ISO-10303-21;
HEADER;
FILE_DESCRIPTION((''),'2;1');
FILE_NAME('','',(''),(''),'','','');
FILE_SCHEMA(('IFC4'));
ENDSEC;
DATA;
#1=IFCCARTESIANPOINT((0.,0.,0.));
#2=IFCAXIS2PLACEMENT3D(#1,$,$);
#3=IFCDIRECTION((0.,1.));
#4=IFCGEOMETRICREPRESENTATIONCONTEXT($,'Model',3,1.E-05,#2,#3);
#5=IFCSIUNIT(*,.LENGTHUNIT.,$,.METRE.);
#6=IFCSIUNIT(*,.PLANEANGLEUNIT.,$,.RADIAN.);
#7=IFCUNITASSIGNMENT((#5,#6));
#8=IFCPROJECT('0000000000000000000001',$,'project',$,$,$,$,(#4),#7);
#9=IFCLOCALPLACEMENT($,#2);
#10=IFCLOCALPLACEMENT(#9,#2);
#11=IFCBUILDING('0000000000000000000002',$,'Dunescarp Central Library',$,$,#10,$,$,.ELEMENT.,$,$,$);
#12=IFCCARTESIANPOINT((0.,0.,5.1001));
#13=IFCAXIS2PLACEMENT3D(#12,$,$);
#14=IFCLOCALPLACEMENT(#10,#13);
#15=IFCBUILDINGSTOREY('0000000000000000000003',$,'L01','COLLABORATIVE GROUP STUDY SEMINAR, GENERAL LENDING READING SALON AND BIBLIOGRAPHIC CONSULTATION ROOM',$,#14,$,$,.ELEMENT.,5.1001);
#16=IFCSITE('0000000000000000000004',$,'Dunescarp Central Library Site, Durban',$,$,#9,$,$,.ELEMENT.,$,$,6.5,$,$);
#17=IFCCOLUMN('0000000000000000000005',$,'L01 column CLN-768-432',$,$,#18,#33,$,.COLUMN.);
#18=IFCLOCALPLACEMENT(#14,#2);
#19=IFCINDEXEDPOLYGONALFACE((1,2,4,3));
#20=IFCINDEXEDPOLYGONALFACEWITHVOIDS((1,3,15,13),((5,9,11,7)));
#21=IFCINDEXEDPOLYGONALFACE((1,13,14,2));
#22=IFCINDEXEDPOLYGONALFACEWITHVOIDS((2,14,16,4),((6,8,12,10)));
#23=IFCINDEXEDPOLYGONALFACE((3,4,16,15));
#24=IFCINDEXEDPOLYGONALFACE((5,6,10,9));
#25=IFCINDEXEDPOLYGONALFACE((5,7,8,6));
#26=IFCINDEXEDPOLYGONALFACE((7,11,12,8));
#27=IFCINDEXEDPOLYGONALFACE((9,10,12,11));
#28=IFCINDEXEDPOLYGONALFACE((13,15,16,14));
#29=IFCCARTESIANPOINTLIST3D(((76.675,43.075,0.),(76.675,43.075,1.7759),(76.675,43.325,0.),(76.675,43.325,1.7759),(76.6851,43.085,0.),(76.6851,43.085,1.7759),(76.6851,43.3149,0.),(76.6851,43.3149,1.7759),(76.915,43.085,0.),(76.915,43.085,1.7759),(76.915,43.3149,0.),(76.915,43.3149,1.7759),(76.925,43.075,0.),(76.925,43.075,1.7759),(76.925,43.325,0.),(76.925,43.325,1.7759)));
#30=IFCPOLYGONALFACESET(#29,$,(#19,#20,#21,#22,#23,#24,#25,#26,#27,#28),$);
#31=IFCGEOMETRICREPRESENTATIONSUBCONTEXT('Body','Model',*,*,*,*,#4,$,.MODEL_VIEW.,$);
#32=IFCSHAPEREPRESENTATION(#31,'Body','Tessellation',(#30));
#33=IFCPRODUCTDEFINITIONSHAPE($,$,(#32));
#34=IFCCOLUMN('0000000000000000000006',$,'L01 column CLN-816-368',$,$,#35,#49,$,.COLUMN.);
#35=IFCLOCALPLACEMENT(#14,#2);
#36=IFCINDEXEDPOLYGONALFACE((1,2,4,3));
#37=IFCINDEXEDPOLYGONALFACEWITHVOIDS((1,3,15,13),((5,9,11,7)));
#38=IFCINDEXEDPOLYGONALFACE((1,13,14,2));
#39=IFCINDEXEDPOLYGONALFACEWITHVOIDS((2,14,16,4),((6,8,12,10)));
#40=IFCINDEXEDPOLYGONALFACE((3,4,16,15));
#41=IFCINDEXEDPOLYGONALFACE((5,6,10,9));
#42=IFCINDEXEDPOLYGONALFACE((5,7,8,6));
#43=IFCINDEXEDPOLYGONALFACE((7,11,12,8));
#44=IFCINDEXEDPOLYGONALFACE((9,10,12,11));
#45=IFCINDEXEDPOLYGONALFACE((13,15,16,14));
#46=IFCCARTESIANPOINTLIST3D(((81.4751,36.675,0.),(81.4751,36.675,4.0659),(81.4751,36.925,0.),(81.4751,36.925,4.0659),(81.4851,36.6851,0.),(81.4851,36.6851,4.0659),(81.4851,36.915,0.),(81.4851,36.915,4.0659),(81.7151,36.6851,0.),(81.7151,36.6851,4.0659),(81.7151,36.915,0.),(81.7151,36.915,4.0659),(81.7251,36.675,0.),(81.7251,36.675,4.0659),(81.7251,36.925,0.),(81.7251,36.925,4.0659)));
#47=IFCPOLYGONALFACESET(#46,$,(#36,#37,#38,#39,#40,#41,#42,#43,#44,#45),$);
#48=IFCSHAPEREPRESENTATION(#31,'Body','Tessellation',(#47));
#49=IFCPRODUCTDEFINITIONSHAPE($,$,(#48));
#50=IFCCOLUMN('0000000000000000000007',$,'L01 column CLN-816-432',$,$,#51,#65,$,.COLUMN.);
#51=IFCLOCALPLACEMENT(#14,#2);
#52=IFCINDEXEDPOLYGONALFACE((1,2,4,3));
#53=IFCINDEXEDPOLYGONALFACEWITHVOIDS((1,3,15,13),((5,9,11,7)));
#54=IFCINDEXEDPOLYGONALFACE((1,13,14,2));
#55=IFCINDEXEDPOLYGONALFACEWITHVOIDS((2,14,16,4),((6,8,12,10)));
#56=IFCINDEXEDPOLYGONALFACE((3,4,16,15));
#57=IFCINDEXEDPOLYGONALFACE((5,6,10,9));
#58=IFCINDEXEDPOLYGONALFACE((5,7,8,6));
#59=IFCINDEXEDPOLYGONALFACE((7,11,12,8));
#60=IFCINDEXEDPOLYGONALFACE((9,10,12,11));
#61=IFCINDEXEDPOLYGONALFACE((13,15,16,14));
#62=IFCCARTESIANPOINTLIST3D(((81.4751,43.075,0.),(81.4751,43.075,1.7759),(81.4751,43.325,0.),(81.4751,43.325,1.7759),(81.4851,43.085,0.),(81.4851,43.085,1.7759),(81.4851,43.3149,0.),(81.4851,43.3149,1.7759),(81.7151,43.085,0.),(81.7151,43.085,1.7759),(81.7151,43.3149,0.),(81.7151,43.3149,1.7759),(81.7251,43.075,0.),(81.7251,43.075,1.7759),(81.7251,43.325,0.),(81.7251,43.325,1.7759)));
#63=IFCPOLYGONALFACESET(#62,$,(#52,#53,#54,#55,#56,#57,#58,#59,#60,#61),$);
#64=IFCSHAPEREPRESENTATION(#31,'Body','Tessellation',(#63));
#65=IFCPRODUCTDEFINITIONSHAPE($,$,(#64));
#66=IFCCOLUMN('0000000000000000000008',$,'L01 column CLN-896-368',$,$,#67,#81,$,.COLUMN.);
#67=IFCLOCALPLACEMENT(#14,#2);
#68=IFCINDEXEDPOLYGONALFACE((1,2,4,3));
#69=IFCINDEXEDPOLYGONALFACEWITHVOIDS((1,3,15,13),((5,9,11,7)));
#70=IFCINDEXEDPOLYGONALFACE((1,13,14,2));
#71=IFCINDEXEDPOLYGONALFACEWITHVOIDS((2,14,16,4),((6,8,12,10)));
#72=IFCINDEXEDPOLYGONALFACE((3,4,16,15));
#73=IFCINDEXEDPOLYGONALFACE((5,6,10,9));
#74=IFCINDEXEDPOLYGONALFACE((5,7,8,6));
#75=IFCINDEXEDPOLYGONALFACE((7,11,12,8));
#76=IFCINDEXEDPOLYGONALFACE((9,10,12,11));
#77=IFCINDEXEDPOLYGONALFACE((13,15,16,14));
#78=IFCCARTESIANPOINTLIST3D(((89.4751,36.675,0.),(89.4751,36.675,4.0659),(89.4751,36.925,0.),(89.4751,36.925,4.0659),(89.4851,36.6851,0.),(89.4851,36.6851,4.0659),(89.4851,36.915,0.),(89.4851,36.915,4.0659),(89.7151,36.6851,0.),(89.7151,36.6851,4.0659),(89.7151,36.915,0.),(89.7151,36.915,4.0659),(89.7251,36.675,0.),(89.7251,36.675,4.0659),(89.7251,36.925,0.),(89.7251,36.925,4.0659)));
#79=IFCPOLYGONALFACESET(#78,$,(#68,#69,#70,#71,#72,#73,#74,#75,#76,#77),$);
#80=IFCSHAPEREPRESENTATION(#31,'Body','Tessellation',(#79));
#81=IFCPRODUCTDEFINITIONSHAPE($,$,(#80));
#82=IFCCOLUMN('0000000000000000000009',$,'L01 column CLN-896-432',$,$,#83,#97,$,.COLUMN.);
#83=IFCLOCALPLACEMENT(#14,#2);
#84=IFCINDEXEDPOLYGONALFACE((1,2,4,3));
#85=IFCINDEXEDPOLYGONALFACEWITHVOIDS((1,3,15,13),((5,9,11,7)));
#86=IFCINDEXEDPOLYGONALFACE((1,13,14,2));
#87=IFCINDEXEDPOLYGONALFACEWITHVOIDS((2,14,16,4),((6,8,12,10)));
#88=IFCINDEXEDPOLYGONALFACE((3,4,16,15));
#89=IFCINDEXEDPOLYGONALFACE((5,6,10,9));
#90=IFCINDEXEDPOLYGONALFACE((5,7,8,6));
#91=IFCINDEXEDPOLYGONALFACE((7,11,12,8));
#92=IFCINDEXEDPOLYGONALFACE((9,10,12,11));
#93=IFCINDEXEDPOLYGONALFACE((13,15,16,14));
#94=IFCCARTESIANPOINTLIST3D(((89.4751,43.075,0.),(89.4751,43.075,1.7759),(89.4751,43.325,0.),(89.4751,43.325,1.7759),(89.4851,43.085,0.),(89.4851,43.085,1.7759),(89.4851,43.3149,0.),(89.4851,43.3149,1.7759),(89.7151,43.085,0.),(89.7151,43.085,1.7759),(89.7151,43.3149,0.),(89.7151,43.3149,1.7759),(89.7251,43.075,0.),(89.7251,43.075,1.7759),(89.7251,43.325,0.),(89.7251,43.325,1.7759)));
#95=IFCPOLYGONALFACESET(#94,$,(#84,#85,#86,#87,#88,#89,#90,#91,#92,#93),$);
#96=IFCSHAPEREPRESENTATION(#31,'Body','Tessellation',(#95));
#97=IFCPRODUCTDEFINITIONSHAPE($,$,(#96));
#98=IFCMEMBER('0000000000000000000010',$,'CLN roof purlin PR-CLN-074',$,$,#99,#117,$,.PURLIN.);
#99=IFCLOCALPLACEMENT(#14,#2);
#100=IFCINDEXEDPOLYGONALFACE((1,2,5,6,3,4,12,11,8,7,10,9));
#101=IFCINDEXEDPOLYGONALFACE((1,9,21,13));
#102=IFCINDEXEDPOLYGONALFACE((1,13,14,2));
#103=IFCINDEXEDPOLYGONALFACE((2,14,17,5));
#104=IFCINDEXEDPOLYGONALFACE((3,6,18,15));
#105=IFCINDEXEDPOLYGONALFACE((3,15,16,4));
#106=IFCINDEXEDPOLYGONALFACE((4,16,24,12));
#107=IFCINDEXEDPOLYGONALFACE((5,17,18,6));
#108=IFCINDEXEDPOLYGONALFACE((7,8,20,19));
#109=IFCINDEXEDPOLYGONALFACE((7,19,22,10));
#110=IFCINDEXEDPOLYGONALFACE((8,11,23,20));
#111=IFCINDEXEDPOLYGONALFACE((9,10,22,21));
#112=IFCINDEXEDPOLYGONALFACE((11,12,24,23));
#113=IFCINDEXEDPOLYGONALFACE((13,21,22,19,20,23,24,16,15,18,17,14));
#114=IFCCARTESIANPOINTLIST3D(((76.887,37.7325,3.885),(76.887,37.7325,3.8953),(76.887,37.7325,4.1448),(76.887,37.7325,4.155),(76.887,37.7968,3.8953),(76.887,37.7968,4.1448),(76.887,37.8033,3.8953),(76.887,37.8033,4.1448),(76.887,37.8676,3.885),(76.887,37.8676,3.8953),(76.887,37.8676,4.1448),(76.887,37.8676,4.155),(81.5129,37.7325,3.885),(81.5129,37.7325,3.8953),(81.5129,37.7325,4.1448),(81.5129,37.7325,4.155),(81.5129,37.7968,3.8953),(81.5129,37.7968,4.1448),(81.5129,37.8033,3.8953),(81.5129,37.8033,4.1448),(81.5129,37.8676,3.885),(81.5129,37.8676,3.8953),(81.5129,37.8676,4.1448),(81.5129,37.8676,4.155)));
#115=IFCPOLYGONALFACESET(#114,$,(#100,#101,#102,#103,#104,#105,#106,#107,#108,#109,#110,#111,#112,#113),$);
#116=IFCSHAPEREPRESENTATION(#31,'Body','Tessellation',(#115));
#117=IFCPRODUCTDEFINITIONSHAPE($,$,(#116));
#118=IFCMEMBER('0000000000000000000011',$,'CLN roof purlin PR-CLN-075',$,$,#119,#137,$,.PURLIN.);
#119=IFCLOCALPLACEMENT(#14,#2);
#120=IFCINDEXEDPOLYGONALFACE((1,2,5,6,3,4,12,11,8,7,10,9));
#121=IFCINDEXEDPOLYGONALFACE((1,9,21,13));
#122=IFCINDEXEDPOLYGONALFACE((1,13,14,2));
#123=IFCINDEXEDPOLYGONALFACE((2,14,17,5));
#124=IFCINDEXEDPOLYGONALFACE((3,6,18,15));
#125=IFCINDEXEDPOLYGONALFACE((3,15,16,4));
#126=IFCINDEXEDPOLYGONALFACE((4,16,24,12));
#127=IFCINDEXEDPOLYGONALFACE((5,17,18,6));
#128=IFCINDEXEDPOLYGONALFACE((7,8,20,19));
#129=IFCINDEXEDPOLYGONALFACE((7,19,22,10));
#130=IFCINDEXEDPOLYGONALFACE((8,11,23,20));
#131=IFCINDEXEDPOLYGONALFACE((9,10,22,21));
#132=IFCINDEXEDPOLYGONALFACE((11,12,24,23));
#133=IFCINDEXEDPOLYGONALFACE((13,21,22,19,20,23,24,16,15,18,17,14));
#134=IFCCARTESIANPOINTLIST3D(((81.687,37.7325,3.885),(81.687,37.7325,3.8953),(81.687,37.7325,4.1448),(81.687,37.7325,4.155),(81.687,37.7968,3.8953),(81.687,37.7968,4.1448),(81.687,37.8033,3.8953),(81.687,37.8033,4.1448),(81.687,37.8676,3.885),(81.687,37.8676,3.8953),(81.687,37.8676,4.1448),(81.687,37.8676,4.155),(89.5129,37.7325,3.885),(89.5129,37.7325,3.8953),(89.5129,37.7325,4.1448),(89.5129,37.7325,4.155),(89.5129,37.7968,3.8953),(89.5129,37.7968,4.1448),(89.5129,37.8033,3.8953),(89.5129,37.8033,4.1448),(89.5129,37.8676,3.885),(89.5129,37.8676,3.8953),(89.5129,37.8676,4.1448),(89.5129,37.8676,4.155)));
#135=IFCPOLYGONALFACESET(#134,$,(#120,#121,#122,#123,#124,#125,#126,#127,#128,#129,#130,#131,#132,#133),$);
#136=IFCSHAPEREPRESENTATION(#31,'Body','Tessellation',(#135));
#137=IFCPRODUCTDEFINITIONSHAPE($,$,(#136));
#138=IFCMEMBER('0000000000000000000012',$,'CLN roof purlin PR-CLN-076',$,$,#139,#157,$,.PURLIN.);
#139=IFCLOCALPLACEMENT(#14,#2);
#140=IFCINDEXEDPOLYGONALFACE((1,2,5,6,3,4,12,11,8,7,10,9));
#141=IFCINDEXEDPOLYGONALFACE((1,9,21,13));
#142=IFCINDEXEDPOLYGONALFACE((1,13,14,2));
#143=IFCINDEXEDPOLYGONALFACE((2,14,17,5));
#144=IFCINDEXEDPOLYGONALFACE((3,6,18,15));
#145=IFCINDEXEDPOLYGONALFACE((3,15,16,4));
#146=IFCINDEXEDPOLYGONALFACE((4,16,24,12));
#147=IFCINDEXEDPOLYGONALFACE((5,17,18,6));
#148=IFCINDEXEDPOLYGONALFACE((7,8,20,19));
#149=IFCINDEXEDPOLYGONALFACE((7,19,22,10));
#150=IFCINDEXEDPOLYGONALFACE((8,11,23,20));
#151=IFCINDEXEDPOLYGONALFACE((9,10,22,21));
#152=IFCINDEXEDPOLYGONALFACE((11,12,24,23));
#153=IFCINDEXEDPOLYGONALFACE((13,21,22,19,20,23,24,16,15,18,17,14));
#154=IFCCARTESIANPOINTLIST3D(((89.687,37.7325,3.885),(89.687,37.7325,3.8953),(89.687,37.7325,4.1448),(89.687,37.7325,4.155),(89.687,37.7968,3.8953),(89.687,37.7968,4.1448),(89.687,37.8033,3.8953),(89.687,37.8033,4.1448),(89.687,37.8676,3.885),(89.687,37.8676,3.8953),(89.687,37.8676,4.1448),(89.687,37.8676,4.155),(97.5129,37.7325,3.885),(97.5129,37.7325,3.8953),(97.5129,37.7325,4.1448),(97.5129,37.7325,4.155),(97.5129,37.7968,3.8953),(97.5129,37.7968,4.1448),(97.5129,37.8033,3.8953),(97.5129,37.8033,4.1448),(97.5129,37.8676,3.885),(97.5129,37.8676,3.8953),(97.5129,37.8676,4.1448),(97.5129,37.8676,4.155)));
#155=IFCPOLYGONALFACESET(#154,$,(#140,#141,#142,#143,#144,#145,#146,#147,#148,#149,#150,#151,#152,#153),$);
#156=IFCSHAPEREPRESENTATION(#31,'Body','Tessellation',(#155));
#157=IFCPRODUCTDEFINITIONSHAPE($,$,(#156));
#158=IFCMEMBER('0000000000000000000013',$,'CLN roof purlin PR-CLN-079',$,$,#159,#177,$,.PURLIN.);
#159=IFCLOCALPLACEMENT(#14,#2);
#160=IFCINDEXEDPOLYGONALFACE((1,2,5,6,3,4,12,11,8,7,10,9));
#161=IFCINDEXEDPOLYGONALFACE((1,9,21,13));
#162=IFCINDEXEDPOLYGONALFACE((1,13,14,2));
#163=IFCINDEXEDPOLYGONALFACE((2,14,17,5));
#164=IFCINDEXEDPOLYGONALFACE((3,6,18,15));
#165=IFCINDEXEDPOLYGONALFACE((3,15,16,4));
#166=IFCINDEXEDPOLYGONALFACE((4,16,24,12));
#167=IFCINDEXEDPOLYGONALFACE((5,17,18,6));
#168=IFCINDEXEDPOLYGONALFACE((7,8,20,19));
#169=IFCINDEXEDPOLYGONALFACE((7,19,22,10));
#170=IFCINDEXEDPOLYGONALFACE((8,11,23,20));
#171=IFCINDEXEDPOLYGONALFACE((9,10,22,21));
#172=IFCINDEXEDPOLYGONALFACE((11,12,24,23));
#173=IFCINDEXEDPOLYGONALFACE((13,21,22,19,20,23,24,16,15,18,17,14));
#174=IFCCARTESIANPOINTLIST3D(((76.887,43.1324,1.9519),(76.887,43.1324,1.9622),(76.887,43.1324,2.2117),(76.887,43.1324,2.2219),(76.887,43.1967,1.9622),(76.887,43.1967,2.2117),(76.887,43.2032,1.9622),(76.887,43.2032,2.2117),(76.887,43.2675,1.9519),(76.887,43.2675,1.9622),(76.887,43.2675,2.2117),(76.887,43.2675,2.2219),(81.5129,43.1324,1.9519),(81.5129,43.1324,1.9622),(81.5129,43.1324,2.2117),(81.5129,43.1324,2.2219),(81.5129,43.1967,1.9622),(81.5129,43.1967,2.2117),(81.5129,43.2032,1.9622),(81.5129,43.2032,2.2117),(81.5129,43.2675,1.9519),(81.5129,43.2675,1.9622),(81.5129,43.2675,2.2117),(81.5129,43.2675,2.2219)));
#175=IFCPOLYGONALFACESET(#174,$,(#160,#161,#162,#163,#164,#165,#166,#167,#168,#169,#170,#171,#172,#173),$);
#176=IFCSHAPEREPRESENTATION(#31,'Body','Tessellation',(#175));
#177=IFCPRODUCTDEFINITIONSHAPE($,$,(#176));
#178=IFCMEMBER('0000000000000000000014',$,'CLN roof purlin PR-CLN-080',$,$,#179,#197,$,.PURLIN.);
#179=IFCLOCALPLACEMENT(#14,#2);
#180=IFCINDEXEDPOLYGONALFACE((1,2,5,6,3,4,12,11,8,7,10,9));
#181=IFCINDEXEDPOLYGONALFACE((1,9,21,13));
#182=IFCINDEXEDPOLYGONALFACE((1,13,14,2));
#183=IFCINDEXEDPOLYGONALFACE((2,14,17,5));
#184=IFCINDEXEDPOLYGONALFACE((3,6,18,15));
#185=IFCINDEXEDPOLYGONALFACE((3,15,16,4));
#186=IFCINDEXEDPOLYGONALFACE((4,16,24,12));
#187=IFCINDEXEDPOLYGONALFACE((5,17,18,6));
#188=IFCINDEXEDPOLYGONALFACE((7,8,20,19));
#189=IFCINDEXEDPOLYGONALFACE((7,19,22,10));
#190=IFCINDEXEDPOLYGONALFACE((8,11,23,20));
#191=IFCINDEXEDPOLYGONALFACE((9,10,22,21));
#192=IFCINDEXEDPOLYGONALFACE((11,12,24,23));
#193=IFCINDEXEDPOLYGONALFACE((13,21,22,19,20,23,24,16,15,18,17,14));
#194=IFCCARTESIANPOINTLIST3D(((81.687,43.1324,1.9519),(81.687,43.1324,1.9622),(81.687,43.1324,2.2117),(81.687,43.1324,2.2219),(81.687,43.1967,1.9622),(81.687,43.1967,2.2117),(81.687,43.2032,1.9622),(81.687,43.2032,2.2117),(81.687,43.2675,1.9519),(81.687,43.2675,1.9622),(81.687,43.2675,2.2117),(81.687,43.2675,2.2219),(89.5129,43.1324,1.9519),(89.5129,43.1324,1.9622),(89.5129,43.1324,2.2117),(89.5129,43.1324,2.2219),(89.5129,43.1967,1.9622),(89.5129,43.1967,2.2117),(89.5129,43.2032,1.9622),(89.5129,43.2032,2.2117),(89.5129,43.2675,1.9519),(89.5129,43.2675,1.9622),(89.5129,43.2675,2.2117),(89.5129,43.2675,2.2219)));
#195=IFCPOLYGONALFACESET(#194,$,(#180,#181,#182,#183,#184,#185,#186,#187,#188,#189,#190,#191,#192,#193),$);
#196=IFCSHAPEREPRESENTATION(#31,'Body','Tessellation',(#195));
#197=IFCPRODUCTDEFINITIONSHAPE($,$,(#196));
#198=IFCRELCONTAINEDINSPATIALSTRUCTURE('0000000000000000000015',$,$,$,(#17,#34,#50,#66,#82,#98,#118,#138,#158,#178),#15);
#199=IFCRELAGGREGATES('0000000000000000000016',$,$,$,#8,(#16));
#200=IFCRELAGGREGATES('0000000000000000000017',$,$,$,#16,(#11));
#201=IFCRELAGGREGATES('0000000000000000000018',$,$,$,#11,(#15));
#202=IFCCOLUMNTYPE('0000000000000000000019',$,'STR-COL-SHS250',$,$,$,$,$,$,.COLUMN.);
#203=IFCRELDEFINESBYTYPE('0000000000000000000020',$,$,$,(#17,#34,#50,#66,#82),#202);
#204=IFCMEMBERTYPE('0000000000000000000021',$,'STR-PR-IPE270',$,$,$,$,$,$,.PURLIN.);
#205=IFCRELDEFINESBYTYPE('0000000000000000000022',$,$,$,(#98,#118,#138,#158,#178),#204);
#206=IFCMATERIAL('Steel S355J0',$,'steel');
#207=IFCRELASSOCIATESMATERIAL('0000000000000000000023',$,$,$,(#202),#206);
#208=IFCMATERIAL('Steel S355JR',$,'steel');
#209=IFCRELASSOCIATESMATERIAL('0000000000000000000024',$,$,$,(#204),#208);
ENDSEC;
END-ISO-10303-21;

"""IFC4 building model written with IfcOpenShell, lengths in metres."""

from ifc_helpers import new_model, si_unit, direction, frame, origin, origin_2d, place, context, subcontext, project, spatial, hollow_rectangle, i_section, extrude, material, material_profile, profile_set, type_object, element, save


model = new_model("IFC4")

# Units and contexts
model_context = context("Model", 3, precision=1e-05, world=origin(), true_north=direction((0.0, 1.0)))
body_context = subcontext(model_context, "Body", "Model", "MODEL_VIEW")
ifc_project = project(units=[si_unit("LENGTHUNIT", "METRE"), si_unit("PLANEANGLEUNIT", "RADIAN")], contexts=[model_context])

# Site, building, storey
site_placement = place(None, origin())
site = spatial("IfcSite", under=ifc_project, at=site_placement, Name="Dunescarp Central Library Site, Durban", CompositionType="ELEMENT", RefElevation=6.5)
building_placement = place(site_placement, origin())
building = spatial("IfcBuilding", under=site, at=building_placement, Name="Dunescarp Central Library", CompositionType="ELEMENT")
storey_placement = place(building_placement, frame((0.0, 0.0, 5.1001)))
storey = spatial("IfcBuildingStorey", under=building, at=storey_placement, Name="L01", Description="COLLABORATIVE GROUP STUDY SEMINAR, GENERAL LENDING READING SALON AND BIBLIOGRAPHIC CONSULTATION ROOM", CompositionType="ELEMENT", Elevation=5.1001)

# Columns
ifc_material_1 = material(Name="Steel S355J0", Category="steel")
ifc_material_profile_1 = material_profile(ifc_material_1, hollow_rectangle(XDim=0.25, YDim=0.25, WallThickness=0.01, at=origin_2d()), Name="SHS 250x250x10")
ifc_profile_set_1 = profile_set([ifc_material_profile_1], Name="Steel S355J0")
column_type = type_object("IfcColumnType", Name="STR-COL-SHS250", PredefinedType="COLUMN", material=ifc_profile_set_1)
column_1_placement = place(storey_placement, frame((76.8, 43.2, 0.0), z_axis=(0.0, 0.0, 1.0), x_axis=(1.0, 0.0, 0.0)))
element("IfcColumn", 1, at=column_1_placement, inside=storey, type_object=column_type, Name="L01 column CLN-768-432", PredefinedType="COLUMN", context=body_context, shape_type="SweptSolid", body=[
    extrude(hollow_rectangle(XDim=0.25, YDim=0.25, WallThickness=0.01, at=origin_2d()), origin(), (0.0, 0.0, 1.0), 1.7759),
])
column_2_placement = place(storey_placement, frame((81.6001, 36.8, 0.0), z_axis=(0.0, 0.0, 1.0), x_axis=(1.0, 0.0, 0.0)))
element("IfcColumn", 2, at=column_2_placement, inside=storey, type_object=column_type, Name="L01 column CLN-816-368", PredefinedType="COLUMN", context=body_context, shape_type="SweptSolid", body=[
    extrude(hollow_rectangle(XDim=0.25, YDim=0.25, WallThickness=0.01, at=origin_2d()), origin(), (0.0, 0.0, 1.0), 4.0659),
])
column_3_placement = place(storey_placement, frame((81.6001, 43.2, 0.0), z_axis=(0.0, 0.0, 1.0), x_axis=(1.0, 0.0, 0.0)))
element("IfcColumn", 3, at=column_3_placement, inside=storey, type_object=column_type, Name="L01 column CLN-816-432", PredefinedType="COLUMN", context=body_context, shape_type="SweptSolid", body=[
    extrude(hollow_rectangle(XDim=0.25, YDim=0.25, WallThickness=0.01, at=origin_2d()), origin(), (0.0, 0.0, 1.0), 1.7759),
])
column_4_placement = place(storey_placement, frame((89.6001, 36.8, 0.0), z_axis=(0.0, 0.0, 1.0), x_axis=(1.0, 0.0, 0.0)))
element("IfcColumn", 4, at=column_4_placement, inside=storey, type_object=column_type, Name="L01 column CLN-896-368", PredefinedType="COLUMN", context=body_context, shape_type="SweptSolid", body=[
    extrude(hollow_rectangle(XDim=0.25, YDim=0.25, WallThickness=0.01, at=origin_2d()), origin(), (0.0, 0.0, 1.0), 4.0659),
])
column_5_placement = place(storey_placement, frame((89.6001, 43.2, 0.0), z_axis=(0.0, 0.0, 1.0), x_axis=(1.0, 0.0, 0.0)))
element("IfcColumn", 5, at=column_5_placement, inside=storey, type_object=column_type, Name="L01 column CLN-896-432", PredefinedType="COLUMN", context=body_context, shape_type="SweptSolid", body=[
    extrude(hollow_rectangle(XDim=0.25, YDim=0.25, WallThickness=0.01, at=origin_2d()), origin(), (0.0, 0.0, 1.0), 1.7759),
])

# Members
ifc_material_2 = material(Name="Steel S355JR", Category="steel")
ifc_material_profile_2 = material_profile(ifc_material_2, i_section(OverallWidth=0.135, OverallDepth=0.27, WebThickness=0.0066, FlangeThickness=0.0103, at=origin_2d()), Name="IPE 270")
ifc_profile_set_2 = profile_set([ifc_material_profile_2], Name="Steel S355JR")
member_type_1 = type_object("IfcMemberType", Name="STR-PR-IPE270", PredefinedType="PURLIN", material=ifc_profile_set_2)
member_1_placement = place(storey_placement, frame((76.887, 37.8, 4.02), z_axis=(1.0, 0.0, 0.0), x_axis=(0.0, 1.0, 0.0)))
element("IfcMember", 6, at=member_1_placement, inside=storey, type_object=member_type_1, Name="CLN roof purlin PR-CLN-074", PredefinedType="PURLIN", context=body_context, shape_type="SweptSolid", body=[
    extrude(i_section(OverallWidth=0.135, OverallDepth=0.27, WebThickness=0.0066, FlangeThickness=0.0103, at=origin_2d()), origin(), (0.0, 0.0, 1.0), 4.626),
])
for number, where, z_axis, x_axis, name in (
    (7, (81.687, 37.8, 4.02), (1.0, 0.0, 0.0), (0.0, 1.0, 0.0), "CLN roof purlin PR-CLN-075"),
    (8, (89.687, 37.8, 4.02), (1.0, 0.0, 0.0), (0.0, 1.0, 0.0), "CLN roof purlin PR-CLN-076"),
):
    element("IfcMember", number, at=place(storey_placement, frame(where, z_axis=z_axis, x_axis=x_axis)), inside=storey, type_object=member_type_1, Name=name, PredefinedType="PURLIN", context=body_context, shape_type="SweptSolid", body=[
        extrude(i_section(OverallWidth=0.135, OverallDepth=0.27, WebThickness=0.0066, FlangeThickness=0.0103, at=origin_2d()), origin(), (0.0, 0.0, 1.0), 7.8259),
    ])
member_2_placement = place(storey_placement, frame((76.887, 43.2, 2.0869), z_axis=(1.0, 0.0, 0.0), x_axis=(0.0, 1.0, 0.0)))
element("IfcMember", 9, at=member_2_placement, inside=storey, type_object=member_type_1, Name="CLN roof purlin PR-CLN-079", PredefinedType="PURLIN", context=body_context, shape_type="SweptSolid", body=[
    extrude(i_section(OverallWidth=0.135, OverallDepth=0.27, WebThickness=0.0066, FlangeThickness=0.0103, at=origin_2d()), origin(), (0.0, 0.0, 1.0), 4.626),
])
for number, where, z_axis, x_axis, name in (
    (10, (81.687, 43.2, 2.0869), (1.0, 0.0, 0.0), (0.0, 1.0, 0.0), "CLN roof purlin PR-CLN-080"),
):
    element("IfcMember", number, at=place(storey_placement, frame(where, z_axis=z_axis, x_axis=x_axis)), inside=storey, type_object=member_type_1, Name=name, PredefinedType="PURLIN", context=body_context, shape_type="SweptSolid", body=[
        extrude(i_section(OverallWidth=0.135, OverallDepth=0.27, WebThickness=0.0066, FlangeThickness=0.0103, at=origin_2d()), origin(), (0.0, 0.0, 1.0), 7.8259),
    ])

save(model, "model.ifc")
